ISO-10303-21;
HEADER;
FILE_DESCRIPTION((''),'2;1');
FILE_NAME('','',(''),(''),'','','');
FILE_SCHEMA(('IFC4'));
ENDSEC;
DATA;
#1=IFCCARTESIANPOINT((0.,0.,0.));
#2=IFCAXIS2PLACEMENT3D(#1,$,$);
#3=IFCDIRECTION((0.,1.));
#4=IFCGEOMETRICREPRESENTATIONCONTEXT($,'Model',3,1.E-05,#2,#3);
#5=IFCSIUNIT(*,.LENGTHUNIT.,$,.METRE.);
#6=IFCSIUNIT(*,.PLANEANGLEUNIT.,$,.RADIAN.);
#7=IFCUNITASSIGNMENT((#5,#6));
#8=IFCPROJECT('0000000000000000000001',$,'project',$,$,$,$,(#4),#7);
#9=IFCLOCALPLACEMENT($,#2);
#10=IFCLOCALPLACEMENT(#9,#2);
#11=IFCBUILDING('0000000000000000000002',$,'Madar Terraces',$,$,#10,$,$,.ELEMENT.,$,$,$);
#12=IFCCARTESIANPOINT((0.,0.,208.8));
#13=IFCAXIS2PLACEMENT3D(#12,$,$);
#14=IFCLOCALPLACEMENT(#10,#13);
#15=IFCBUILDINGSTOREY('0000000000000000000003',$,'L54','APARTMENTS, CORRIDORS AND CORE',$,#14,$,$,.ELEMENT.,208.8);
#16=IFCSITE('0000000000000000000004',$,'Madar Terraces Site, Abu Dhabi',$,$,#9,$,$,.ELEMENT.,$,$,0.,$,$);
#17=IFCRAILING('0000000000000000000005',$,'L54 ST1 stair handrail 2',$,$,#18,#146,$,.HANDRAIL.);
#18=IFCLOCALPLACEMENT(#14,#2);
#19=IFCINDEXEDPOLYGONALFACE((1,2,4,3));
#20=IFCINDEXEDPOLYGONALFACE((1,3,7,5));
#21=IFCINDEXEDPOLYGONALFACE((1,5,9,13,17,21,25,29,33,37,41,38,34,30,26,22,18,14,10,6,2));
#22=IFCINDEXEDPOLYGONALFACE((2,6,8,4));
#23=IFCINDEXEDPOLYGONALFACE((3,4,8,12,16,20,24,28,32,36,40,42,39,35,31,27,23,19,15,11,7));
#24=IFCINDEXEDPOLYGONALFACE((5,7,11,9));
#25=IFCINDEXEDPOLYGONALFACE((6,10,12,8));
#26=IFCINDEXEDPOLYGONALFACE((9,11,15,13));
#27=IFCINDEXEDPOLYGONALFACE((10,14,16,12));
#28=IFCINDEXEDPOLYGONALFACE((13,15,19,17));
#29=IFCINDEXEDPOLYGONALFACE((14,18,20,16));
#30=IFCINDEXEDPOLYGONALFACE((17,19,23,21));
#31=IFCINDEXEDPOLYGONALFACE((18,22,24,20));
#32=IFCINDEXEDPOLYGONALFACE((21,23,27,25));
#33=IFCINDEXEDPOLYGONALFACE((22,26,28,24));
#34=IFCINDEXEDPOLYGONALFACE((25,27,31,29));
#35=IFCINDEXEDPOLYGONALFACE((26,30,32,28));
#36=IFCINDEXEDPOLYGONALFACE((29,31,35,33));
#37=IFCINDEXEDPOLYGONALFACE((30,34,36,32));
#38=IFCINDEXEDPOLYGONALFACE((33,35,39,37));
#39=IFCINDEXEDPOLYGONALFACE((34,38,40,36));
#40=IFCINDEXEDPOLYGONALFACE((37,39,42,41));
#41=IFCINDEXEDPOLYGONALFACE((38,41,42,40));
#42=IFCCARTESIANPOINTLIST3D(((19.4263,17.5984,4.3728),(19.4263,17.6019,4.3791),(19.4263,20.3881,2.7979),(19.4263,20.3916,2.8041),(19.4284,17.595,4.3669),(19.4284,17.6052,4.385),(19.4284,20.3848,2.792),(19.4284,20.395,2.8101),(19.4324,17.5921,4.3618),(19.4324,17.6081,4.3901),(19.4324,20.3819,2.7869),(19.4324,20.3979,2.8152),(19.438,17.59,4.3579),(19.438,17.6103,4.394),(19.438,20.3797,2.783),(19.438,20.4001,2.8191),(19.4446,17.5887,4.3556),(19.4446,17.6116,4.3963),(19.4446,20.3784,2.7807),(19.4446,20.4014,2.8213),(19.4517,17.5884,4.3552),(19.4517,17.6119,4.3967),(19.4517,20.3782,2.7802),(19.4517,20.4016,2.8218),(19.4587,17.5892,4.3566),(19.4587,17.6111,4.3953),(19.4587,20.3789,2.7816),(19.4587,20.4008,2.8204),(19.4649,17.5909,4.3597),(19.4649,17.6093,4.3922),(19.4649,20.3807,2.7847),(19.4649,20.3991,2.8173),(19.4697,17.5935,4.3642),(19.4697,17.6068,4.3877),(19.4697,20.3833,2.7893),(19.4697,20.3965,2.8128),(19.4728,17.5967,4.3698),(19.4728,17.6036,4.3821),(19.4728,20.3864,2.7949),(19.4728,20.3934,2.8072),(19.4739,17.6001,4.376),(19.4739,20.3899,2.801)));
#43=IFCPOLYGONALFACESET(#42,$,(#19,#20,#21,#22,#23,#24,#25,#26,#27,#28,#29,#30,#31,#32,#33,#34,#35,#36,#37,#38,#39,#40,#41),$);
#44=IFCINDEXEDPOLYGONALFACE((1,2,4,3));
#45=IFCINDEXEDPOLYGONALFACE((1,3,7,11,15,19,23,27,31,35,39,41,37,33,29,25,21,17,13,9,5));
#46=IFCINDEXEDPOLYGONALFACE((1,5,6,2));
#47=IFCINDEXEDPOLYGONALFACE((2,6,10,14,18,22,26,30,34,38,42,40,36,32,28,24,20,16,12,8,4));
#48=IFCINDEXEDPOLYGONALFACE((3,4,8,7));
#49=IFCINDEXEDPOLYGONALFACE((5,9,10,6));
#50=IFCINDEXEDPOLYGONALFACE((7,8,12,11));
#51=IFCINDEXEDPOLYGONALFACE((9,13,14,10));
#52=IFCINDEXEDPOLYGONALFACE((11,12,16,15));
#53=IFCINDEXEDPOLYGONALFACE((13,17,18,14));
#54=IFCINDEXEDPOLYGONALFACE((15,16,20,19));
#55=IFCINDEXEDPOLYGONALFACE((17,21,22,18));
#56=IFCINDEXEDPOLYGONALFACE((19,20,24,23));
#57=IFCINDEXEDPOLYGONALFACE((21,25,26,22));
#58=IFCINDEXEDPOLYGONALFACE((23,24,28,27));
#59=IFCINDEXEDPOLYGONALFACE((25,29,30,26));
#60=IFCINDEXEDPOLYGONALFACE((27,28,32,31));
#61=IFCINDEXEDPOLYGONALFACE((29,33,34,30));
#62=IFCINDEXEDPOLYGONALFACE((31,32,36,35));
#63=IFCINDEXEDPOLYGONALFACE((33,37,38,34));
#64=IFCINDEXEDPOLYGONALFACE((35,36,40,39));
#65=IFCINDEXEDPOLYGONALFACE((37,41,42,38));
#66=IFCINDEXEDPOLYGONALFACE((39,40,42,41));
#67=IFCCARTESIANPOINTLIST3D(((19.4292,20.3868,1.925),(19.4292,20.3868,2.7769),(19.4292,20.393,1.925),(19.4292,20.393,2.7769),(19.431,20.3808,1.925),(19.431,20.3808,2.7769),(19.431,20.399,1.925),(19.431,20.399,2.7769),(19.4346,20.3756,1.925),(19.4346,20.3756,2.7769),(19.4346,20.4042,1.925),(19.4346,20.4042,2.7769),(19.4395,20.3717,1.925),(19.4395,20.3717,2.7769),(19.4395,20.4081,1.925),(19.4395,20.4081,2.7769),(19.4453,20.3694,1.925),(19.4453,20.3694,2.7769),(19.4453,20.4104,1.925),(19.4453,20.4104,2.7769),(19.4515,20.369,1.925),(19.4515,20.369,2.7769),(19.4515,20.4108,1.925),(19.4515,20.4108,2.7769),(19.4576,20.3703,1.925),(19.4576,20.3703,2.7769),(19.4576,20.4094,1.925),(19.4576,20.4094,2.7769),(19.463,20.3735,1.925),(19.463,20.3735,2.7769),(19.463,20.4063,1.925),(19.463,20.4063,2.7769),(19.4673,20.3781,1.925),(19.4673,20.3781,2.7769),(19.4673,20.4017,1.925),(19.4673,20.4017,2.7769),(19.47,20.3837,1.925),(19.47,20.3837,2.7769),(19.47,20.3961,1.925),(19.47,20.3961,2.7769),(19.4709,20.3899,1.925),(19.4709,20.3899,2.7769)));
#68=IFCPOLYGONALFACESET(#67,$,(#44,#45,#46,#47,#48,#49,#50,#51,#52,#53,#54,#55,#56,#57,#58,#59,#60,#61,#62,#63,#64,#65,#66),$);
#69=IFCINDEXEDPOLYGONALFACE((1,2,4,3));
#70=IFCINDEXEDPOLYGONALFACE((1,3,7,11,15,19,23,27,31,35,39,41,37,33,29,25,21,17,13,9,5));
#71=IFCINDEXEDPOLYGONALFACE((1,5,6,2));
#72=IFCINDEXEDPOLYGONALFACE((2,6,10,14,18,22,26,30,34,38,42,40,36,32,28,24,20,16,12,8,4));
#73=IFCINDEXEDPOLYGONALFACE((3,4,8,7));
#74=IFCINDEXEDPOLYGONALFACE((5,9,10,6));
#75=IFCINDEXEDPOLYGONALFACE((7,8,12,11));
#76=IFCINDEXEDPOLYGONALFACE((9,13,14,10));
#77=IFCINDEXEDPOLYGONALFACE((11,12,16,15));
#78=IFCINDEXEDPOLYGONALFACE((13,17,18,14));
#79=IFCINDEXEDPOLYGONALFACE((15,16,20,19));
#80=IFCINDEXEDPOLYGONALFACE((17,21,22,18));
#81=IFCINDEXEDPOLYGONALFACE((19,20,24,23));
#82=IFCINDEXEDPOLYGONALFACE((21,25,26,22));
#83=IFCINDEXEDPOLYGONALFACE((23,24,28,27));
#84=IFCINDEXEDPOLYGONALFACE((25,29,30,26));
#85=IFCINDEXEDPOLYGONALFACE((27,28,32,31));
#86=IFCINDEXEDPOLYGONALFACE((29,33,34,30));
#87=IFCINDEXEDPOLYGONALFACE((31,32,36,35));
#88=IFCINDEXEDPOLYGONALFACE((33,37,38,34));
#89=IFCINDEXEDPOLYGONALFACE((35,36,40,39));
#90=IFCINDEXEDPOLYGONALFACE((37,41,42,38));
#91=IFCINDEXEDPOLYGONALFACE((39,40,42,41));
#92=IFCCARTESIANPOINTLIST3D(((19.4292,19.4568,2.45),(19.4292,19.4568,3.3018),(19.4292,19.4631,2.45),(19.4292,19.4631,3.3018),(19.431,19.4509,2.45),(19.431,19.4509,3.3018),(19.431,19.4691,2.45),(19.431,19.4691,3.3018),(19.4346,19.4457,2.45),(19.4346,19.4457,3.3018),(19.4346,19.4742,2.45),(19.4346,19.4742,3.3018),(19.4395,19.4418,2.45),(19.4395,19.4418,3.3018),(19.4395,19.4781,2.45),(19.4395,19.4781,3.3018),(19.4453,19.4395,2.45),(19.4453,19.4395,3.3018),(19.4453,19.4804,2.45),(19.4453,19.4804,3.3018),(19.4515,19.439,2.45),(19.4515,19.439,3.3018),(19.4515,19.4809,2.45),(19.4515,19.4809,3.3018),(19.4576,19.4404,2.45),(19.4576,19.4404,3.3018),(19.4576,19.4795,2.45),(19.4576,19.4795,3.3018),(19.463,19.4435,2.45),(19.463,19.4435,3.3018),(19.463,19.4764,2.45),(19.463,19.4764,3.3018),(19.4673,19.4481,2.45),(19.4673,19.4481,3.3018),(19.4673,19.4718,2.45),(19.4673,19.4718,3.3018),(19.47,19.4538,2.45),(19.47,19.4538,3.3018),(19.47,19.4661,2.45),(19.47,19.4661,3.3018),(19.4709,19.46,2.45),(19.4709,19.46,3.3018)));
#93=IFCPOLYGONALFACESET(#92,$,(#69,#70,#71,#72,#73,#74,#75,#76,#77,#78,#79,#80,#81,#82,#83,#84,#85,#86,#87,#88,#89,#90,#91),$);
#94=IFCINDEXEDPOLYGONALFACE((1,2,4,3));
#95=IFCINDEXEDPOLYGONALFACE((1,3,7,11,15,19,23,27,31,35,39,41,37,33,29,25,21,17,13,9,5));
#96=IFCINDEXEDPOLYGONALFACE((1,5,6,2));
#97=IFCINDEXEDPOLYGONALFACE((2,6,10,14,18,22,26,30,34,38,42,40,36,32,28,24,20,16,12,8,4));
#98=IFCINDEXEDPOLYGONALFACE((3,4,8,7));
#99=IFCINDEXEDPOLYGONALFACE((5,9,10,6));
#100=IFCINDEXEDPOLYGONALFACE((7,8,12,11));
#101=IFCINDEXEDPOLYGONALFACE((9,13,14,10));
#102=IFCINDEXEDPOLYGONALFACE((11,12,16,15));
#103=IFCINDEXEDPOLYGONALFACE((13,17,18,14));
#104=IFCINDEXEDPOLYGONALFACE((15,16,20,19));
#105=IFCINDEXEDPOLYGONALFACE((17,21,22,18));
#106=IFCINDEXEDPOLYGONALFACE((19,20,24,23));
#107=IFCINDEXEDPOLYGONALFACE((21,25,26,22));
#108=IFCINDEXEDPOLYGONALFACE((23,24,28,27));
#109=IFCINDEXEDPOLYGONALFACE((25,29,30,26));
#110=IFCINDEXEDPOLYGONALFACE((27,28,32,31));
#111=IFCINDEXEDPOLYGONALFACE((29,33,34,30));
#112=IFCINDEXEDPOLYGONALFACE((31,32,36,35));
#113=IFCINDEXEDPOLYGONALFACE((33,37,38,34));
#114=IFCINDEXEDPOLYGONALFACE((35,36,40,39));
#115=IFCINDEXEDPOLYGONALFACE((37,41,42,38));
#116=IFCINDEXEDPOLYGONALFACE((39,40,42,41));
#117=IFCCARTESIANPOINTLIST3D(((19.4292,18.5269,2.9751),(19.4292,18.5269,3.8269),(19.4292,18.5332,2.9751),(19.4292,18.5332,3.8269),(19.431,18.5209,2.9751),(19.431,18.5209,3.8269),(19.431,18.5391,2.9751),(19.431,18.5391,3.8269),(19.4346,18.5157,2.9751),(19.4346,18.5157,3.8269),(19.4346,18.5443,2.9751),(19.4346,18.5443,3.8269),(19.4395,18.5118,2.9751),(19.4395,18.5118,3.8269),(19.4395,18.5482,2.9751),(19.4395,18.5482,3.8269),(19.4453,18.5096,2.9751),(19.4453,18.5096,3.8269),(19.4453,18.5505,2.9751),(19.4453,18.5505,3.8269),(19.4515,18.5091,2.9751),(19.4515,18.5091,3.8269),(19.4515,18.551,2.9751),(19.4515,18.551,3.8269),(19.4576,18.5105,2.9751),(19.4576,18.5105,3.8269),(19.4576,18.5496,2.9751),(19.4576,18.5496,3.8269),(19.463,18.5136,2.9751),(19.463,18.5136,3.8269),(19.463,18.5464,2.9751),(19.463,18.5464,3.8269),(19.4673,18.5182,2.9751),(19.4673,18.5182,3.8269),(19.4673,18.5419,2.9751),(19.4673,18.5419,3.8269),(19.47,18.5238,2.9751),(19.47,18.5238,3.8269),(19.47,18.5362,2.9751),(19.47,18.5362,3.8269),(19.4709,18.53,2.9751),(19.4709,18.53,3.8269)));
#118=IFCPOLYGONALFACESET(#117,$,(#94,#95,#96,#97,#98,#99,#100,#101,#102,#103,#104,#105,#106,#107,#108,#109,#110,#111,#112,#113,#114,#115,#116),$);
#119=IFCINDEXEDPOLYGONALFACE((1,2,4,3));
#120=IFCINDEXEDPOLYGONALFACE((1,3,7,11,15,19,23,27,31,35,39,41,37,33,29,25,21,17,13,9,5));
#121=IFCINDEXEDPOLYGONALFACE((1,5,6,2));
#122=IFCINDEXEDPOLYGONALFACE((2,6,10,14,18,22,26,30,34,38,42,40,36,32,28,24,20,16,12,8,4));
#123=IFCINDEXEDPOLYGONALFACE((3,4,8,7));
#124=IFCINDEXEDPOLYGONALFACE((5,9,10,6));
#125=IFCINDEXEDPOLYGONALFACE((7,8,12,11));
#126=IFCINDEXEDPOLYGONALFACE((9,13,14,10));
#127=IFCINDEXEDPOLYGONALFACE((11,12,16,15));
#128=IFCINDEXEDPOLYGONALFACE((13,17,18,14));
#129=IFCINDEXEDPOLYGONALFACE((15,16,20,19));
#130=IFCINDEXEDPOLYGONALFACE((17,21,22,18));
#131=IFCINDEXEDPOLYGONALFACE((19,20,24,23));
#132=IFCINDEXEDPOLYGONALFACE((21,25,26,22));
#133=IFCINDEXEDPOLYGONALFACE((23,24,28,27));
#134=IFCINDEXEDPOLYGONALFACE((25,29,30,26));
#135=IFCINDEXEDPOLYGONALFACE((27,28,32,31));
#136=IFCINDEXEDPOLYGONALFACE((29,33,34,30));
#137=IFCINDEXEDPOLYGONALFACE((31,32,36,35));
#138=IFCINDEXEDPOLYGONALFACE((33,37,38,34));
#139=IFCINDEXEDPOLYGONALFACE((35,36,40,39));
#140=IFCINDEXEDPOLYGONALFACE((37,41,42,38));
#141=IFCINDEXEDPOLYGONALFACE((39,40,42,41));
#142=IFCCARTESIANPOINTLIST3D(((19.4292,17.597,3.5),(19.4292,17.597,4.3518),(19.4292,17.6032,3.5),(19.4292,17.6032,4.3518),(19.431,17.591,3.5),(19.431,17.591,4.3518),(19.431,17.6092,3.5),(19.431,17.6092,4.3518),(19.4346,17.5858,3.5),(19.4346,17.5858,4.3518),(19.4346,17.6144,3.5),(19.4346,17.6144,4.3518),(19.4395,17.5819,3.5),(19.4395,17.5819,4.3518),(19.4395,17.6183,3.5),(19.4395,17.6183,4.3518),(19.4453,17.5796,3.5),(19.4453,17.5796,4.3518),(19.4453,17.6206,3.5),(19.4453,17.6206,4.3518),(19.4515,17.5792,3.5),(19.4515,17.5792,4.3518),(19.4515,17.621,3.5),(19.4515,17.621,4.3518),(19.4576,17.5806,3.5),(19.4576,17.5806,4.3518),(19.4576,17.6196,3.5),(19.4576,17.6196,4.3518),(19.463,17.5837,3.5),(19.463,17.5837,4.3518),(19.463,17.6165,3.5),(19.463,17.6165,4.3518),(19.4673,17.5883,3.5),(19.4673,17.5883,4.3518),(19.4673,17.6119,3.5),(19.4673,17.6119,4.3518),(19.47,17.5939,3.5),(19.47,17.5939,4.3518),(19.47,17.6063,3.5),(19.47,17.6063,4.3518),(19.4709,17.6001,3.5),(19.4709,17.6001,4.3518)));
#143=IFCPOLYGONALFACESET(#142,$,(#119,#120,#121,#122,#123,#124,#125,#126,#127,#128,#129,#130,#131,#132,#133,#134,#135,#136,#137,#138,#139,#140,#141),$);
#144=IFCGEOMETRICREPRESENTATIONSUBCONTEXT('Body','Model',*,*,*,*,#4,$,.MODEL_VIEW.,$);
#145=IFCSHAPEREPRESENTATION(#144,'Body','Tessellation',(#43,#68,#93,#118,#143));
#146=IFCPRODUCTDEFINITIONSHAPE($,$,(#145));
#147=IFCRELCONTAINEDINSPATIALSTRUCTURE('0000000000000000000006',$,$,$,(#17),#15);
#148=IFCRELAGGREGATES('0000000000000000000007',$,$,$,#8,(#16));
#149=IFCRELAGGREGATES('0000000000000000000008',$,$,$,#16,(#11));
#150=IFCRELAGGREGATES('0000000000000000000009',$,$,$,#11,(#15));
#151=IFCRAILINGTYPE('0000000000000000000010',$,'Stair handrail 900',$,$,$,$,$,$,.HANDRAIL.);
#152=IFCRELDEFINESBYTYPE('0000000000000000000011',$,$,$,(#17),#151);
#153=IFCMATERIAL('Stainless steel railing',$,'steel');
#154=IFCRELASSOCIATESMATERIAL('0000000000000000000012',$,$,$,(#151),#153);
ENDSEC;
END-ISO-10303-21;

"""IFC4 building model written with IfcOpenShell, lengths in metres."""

from ifc_helpers import new_model, si_unit, direction, frame, origin, origin_2d, place, context, subcontext, project, spatial, circle, extrude, material, type_object, element, save


model = new_model("IFC4")

# Units and contexts
model_context = context("Model", 3, precision=1e-05, world=origin(), true_north=direction((0.0, 1.0)))
body_context = subcontext(model_context, "Body", "Model", "MODEL_VIEW")
ifc_project = project(units=[si_unit("LENGTHUNIT", "METRE"), si_unit("PLANEANGLEUNIT", "RADIAN")], contexts=[model_context])

# Site, building, storey
site_placement = place(None, origin())
site = spatial("IfcSite", under=ifc_project, at=site_placement, Name="Madar Terraces Site, Abu Dhabi", CompositionType="ELEMENT", RefElevation=0.0)
building_placement = place(site_placement, origin())
building = spatial("IfcBuilding", under=site, at=building_placement, Name="Madar Terraces", CompositionType="ELEMENT")
storey_placement = place(building_placement, frame((0.0, 0.0, 208.8)))
storey = spatial("IfcBuildingStorey", under=building, at=storey_placement, Name="L54", Description="APARTMENTS, CORRIDORS AND CORE", CompositionType="ELEMENT", Elevation=208.8)

# Railing
ifc_material_1 = material(Name="Stainless steel railing", Category="steel")
railing_type_1 = type_object("IfcRailingType", Name="Stair handrail 900", PredefinedType="HANDRAIL", material=ifc_material_1)
railing_1_placement = place(storey_placement, frame((19.45, 20.3899, 1.925)))
element("IfcRailing", 1, at=railing_1_placement, inside=storey, type_object=railing_type_1, Name="L54 ST1 stair handrail 2", PredefinedType="HANDRAIL", context=body_context, shape_type="SweptSolid", body=[
    extrude(circle(Radius=0.0239, at=origin_2d()), frame((0.0, 0.0, 0.876), z_axis=(0.0, -0.870815, 0.49161), x_axis=(1.0, 0.0, 0.0)), (0.0, 0.0, 1.0), 3.2036),
    extrude(circle(Radius=0.021, at=origin_2d()), origin(), (0.0, 0.0, 1.0), 0.8518),
    extrude(circle(Radius=0.021, at=origin_2d()), frame((0.0, -0.9299, 0.5249)), (0.0, 0.0, 1.0), 0.8518),
    extrude(circle(Radius=0.021, at=origin_2d()), frame((0.0, -1.8599, 1.05)), (0.0, 0.0, 1.0), 0.8518),
    extrude(circle(Radius=0.021, at=origin_2d()), frame((0.0, -2.7898, 1.575)), (0.0, 0.0, 1.0), 0.8518),
])

save(model, "model.ifc")
